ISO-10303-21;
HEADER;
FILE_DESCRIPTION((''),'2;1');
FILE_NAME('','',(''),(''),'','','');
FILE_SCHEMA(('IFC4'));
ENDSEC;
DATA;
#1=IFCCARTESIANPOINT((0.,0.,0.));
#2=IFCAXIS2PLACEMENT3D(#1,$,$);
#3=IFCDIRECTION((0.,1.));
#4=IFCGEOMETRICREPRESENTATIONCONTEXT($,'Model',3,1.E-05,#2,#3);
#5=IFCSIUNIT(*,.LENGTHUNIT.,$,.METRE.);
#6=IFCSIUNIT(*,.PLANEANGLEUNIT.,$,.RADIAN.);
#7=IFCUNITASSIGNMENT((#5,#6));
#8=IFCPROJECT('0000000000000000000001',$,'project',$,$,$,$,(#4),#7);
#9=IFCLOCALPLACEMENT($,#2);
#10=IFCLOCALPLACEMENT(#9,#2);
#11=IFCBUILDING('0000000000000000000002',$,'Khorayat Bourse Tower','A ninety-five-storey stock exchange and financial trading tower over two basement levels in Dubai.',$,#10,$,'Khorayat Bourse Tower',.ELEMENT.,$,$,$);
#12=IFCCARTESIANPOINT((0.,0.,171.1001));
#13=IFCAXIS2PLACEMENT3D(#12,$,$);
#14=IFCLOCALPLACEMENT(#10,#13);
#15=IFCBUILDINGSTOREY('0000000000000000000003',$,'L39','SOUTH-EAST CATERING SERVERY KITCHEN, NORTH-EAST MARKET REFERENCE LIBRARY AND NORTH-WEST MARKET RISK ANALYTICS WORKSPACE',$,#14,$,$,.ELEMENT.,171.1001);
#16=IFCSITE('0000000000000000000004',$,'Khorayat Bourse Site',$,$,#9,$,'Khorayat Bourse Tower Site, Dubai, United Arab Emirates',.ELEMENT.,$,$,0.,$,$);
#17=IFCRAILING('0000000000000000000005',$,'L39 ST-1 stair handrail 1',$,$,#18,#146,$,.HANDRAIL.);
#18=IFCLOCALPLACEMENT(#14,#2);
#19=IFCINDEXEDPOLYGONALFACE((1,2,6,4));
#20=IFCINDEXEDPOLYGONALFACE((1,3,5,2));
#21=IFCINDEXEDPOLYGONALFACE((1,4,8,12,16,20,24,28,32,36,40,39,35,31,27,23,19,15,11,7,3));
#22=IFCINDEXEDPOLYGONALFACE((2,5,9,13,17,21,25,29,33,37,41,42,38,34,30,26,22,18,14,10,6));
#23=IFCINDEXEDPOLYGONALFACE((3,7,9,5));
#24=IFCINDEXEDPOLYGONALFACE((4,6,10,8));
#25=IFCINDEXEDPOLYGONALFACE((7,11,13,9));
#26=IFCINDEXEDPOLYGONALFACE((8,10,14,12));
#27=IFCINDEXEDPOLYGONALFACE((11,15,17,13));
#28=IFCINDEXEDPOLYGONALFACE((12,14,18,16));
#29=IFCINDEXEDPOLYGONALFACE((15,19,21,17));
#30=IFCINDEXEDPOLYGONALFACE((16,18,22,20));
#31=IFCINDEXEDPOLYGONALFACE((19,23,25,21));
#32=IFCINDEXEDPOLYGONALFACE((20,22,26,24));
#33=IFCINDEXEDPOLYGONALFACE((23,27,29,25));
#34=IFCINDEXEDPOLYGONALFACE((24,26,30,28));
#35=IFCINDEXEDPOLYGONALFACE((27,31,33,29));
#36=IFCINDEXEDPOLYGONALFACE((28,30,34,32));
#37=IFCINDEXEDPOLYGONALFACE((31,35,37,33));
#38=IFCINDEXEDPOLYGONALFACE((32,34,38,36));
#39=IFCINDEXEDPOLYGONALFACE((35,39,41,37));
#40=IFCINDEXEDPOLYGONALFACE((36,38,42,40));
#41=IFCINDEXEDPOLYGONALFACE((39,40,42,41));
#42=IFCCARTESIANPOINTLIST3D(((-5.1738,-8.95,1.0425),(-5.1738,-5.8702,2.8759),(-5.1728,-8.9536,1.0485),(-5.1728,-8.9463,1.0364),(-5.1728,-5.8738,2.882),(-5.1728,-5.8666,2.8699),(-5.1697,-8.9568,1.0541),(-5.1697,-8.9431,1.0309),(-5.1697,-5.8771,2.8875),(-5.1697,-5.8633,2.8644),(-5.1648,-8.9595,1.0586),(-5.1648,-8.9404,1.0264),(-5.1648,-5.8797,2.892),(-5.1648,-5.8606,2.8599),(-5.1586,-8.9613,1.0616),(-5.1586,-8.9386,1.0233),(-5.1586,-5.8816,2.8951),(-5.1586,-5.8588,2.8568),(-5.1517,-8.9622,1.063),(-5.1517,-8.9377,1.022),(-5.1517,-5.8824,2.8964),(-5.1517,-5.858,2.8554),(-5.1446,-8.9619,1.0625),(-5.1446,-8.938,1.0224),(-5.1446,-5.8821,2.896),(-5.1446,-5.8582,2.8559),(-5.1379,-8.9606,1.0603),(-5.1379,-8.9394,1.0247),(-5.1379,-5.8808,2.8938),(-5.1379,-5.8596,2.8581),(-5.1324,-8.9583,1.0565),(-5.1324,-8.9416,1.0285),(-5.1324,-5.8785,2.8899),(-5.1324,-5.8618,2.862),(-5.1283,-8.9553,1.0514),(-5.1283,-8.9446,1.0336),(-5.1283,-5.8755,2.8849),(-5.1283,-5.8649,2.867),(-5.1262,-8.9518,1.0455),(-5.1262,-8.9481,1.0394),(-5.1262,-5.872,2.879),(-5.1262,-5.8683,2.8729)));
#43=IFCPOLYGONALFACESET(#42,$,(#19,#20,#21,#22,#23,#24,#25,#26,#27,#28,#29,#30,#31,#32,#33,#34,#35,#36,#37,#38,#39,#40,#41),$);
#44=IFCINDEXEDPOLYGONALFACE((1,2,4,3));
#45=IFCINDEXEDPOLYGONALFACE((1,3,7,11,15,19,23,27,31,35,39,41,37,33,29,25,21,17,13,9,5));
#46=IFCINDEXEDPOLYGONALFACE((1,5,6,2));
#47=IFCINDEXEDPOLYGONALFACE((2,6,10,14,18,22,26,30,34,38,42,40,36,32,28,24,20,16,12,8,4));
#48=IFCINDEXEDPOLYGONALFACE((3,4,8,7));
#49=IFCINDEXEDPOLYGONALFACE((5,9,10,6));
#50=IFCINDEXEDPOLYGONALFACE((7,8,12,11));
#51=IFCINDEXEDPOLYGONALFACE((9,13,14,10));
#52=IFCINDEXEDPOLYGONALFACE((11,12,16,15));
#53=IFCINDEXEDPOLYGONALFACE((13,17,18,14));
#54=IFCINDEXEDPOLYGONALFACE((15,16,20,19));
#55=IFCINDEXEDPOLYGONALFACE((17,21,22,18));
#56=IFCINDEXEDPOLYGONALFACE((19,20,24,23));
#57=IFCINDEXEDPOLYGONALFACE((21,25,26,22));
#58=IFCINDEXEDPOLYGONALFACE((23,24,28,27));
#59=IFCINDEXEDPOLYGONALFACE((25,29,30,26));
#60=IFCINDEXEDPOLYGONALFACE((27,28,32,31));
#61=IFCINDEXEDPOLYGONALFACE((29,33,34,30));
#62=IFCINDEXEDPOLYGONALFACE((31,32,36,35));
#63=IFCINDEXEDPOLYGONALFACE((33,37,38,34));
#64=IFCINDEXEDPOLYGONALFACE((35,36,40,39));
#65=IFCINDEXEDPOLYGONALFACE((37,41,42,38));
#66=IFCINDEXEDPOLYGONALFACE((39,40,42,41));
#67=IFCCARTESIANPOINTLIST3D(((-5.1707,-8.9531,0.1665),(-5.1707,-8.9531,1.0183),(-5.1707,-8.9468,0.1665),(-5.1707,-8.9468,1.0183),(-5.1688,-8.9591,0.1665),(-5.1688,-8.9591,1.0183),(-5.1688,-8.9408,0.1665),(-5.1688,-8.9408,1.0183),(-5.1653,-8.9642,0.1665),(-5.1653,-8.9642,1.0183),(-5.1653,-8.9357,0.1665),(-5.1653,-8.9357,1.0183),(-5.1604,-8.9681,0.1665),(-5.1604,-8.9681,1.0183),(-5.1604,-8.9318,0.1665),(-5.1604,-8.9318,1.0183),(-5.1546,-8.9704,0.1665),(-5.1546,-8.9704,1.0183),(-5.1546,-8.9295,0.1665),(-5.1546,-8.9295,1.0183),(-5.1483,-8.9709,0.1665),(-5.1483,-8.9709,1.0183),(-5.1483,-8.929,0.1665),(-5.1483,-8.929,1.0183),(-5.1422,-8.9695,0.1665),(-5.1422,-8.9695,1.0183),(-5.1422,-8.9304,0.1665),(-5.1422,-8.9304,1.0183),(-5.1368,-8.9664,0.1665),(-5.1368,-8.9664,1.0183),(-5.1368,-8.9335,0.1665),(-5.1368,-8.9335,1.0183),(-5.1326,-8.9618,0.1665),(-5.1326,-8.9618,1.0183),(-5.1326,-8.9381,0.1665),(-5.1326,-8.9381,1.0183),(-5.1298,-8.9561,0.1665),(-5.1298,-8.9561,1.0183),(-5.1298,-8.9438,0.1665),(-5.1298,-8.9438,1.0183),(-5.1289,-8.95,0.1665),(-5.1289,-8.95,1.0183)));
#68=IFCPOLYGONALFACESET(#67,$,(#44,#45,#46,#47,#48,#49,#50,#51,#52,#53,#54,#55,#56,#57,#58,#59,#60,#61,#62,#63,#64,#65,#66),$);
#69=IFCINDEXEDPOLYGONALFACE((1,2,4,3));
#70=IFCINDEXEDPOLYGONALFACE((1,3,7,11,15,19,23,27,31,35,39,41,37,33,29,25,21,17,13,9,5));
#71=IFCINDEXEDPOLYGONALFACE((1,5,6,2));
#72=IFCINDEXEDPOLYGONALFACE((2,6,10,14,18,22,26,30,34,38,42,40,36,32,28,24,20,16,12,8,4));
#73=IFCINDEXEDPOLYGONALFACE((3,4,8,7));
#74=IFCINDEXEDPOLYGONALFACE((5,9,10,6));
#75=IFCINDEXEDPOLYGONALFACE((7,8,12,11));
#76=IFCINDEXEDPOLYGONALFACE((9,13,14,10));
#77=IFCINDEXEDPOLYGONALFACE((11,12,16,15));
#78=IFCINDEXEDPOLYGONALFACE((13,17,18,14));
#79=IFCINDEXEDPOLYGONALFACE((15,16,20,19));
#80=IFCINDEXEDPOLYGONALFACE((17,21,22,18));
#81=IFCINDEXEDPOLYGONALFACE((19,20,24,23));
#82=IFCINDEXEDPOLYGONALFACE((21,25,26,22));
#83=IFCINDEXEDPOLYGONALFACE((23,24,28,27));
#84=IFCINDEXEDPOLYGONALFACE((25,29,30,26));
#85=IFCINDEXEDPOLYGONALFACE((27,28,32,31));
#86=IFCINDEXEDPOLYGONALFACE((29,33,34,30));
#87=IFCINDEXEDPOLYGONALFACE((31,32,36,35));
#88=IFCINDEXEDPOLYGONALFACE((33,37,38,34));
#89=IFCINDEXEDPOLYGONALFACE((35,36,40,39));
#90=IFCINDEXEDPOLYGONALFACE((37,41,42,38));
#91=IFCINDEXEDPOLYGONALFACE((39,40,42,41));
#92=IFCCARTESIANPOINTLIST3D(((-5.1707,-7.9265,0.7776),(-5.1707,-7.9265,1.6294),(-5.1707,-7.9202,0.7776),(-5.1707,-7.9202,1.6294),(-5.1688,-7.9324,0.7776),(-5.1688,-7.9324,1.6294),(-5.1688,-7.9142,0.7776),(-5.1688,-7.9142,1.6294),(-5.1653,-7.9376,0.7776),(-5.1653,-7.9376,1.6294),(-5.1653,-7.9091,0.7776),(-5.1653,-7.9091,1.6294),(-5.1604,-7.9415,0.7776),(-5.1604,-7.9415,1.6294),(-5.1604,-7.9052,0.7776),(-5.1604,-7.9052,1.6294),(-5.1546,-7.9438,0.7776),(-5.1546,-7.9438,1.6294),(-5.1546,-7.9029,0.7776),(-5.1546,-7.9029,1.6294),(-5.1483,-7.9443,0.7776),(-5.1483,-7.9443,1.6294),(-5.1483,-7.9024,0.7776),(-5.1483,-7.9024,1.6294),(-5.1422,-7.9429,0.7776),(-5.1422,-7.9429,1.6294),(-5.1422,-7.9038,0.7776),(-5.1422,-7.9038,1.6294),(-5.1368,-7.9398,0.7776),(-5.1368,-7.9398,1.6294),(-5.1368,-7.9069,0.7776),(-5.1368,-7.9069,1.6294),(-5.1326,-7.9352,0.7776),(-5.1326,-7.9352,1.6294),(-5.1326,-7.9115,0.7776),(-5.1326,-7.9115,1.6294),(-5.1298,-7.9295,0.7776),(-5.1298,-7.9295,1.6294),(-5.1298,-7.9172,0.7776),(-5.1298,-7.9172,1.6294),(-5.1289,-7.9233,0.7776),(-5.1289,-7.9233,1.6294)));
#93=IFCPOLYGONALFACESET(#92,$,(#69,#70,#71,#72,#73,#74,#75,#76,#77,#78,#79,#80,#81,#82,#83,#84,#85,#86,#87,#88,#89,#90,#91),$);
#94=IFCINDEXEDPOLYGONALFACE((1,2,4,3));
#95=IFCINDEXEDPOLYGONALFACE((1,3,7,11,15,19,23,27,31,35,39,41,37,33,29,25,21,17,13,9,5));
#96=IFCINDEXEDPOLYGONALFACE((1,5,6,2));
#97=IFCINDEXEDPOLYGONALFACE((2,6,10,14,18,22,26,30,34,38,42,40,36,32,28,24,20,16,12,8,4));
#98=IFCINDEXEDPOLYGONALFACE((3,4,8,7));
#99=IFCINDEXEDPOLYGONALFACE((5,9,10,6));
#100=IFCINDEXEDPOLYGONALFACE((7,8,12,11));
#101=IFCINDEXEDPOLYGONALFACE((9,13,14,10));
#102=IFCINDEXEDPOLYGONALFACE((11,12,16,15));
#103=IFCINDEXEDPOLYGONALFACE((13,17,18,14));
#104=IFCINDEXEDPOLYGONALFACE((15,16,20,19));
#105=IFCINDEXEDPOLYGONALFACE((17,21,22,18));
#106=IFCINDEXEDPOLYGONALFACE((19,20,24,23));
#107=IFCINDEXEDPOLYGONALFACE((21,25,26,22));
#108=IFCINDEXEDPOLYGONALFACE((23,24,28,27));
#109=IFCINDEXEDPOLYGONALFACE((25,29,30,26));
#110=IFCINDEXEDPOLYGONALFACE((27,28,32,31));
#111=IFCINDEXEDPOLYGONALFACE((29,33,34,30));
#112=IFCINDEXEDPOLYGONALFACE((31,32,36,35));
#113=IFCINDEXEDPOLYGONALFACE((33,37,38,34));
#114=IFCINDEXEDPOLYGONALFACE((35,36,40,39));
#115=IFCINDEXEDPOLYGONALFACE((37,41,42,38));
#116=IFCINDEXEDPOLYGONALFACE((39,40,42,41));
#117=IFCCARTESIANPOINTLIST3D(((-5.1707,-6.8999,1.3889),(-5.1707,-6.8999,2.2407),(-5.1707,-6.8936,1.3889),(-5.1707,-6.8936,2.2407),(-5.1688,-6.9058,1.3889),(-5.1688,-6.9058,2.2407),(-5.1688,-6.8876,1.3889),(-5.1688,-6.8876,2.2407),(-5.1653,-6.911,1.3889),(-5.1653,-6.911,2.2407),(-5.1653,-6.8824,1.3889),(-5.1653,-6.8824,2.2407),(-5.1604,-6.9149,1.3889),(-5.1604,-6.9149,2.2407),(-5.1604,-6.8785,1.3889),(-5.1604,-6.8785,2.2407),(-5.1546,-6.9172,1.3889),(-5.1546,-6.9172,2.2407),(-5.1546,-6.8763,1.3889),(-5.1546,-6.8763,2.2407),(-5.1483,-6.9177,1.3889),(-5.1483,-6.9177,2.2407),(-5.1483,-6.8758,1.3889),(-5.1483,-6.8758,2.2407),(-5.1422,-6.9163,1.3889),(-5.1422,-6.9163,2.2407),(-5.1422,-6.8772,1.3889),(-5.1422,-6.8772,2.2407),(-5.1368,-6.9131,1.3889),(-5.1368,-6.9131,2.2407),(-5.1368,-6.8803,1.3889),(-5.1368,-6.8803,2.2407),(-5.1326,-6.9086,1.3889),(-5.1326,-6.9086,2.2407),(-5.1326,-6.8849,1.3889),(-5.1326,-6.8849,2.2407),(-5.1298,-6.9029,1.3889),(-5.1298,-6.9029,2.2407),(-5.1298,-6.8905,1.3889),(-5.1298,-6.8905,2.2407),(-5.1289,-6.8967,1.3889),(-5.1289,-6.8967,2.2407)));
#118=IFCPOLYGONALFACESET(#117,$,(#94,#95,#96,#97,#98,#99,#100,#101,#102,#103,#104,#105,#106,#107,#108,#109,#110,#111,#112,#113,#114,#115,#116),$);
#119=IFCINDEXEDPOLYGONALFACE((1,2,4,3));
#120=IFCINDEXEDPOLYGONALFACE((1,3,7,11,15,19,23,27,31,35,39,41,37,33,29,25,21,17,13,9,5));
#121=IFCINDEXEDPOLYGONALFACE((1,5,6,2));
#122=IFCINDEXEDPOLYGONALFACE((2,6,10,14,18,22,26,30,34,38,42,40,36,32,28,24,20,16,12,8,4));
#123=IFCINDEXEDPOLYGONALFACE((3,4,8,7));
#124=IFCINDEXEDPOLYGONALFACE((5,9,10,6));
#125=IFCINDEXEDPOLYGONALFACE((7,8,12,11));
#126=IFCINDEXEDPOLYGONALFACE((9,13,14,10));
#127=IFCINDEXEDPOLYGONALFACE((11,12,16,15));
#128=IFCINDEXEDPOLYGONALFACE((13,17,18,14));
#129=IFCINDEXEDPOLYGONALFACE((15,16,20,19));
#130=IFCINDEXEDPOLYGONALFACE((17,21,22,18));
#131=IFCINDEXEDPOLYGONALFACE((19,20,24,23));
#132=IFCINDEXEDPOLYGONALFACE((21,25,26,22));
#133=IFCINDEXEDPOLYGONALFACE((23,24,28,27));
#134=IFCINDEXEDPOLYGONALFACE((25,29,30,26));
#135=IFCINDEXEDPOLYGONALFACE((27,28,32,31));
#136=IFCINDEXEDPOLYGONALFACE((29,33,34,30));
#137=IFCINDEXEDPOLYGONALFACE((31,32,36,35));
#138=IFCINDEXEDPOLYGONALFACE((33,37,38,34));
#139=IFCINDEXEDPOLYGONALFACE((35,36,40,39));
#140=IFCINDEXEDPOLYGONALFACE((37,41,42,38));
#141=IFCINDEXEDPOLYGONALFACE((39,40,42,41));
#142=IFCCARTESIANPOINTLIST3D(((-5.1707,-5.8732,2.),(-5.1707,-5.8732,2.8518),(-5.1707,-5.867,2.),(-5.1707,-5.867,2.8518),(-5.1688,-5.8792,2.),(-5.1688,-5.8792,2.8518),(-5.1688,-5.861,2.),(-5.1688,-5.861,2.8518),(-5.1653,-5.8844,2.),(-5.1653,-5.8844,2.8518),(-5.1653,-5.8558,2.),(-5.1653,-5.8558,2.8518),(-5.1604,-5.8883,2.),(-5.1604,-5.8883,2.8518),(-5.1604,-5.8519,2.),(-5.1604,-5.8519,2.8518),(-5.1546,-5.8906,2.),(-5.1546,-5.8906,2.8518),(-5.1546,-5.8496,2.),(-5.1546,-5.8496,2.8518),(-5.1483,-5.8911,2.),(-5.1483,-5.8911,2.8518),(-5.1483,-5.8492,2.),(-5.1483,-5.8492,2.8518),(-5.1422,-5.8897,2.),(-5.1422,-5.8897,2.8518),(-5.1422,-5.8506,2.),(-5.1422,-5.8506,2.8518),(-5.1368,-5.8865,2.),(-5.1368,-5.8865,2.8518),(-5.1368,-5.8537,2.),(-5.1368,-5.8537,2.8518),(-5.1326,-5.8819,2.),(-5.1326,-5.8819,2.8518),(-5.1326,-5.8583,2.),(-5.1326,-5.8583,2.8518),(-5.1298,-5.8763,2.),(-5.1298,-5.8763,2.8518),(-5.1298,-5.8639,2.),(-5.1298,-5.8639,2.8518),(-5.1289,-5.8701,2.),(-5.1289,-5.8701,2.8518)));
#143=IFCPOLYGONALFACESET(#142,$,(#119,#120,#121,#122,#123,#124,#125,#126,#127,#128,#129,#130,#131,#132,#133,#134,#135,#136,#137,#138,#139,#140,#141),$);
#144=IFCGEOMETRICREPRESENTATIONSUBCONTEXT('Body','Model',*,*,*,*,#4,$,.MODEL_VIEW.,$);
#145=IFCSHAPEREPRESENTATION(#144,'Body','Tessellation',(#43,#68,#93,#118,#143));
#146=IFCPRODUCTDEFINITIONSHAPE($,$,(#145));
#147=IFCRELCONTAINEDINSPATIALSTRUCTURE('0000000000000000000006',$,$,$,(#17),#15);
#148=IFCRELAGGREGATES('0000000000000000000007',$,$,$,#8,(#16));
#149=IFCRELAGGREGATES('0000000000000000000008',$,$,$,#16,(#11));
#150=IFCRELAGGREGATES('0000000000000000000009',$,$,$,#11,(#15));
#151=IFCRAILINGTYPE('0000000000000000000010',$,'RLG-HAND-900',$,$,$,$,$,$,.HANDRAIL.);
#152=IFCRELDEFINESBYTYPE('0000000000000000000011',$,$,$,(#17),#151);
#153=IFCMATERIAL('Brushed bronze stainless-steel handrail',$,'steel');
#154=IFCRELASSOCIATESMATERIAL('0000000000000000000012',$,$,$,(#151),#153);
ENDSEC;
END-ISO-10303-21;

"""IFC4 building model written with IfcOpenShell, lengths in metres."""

from ifc_helpers import new_model, si_unit, direction, frame, origin, origin_2d, place, context, subcontext, project, spatial, circle, extrude, source, transform, mapped, material, type_object, element, save


model = new_model("IFC4")

# Units and contexts
model_context = context("Model", 3, precision=1e-05, world=origin(), true_north=direction((0.0, 1.0)))
body_context = subcontext(model_context, "Body", "Model", "MODEL_VIEW")
ifc_project = project(units=[si_unit("LENGTHUNIT", "METRE"), si_unit("PLANEANGLEUNIT", "RADIAN")], contexts=[model_context])

# Site, building, storey
site_placement = place(None, origin())
site = spatial("IfcSite", under=ifc_project, at=site_placement, Name="Khorayat Bourse Site", LongName="Khorayat Bourse Tower Site, Dubai, United Arab Emirates", CompositionType="ELEMENT", RefElevation=0.0)
building_placement = place(site_placement, origin())
building = spatial("IfcBuilding", under=site, at=building_placement, Name="Khorayat Bourse Tower", Description="A ninety-five-storey stock exchange and financial trading tower over two basement levels in Dubai.", LongName="Khorayat Bourse Tower", CompositionType="ELEMENT")
storey_placement = place(building_placement, frame((0.0, 0.0, 171.1001)))
storey = spatial("IfcBuildingStorey", under=building, at=storey_placement, Name="L39", Description="SOUTH-EAST CATERING SERVERY KITCHEN, NORTH-EAST MARKET REFERENCE LIBRARY AND NORTH-WEST MARKET RISK ANALYTICS WORKSPACE", CompositionType="ELEMENT", Elevation=171.1001)

# Railing
ifc_material_1 = material(Name="Brushed bronze stainless-steel handrail", Category="steel")
railing_type_1 = type_object("IfcRailingType", Name="RLG-HAND-900", PredefinedType="HANDRAIL", material=ifc_material_1)
shared_shape_1 = source(origin(), body_context, "Body", "SweptSolid", [
    extrude(circle(Radius=0.0239, at=origin_2d()), frame((0.0, 0.0, 0.876), z_axis=(0.0, 0.859261, 0.511538), x_axis=(-1.0, 0.0, 0.0)), (0.0, 0.0, 1.0), 3.5842),
    extrude(circle(Radius=0.021, at=origin_2d()), origin(), (0.0, 0.0, 1.0), 0.8518),
    extrude(circle(Radius=0.021, at=origin_2d()), frame((0.0, 1.0266, 0.6111)), (0.0, 0.0, 1.0), 0.8518),
    extrude(circle(Radius=0.021, at=origin_2d()), frame((0.0, 2.0532, 1.2224)), (0.0, 0.0, 1.0), 0.8518),
    extrude(circle(Radius=0.021, at=origin_2d()), frame((0.0, 3.0798, 1.8335)), (0.0, 0.0, 1.0), 0.8518),
])
railing_1_placement = place(storey_placement, frame((-5.1499, -8.95, 0.1665)))
element("IfcRailing", 1, at=railing_1_placement, inside=storey, type_object=railing_type_1, Name="L39 ST-1 stair handrail 1", PredefinedType="HANDRAIL", context=body_context, shape_type="MappedRepresentation", body=[
    mapped(shared_shape_1, transform((0.0, 0.0, 0.0), scale=1.0)),
])

save(model, "model.ifc")
